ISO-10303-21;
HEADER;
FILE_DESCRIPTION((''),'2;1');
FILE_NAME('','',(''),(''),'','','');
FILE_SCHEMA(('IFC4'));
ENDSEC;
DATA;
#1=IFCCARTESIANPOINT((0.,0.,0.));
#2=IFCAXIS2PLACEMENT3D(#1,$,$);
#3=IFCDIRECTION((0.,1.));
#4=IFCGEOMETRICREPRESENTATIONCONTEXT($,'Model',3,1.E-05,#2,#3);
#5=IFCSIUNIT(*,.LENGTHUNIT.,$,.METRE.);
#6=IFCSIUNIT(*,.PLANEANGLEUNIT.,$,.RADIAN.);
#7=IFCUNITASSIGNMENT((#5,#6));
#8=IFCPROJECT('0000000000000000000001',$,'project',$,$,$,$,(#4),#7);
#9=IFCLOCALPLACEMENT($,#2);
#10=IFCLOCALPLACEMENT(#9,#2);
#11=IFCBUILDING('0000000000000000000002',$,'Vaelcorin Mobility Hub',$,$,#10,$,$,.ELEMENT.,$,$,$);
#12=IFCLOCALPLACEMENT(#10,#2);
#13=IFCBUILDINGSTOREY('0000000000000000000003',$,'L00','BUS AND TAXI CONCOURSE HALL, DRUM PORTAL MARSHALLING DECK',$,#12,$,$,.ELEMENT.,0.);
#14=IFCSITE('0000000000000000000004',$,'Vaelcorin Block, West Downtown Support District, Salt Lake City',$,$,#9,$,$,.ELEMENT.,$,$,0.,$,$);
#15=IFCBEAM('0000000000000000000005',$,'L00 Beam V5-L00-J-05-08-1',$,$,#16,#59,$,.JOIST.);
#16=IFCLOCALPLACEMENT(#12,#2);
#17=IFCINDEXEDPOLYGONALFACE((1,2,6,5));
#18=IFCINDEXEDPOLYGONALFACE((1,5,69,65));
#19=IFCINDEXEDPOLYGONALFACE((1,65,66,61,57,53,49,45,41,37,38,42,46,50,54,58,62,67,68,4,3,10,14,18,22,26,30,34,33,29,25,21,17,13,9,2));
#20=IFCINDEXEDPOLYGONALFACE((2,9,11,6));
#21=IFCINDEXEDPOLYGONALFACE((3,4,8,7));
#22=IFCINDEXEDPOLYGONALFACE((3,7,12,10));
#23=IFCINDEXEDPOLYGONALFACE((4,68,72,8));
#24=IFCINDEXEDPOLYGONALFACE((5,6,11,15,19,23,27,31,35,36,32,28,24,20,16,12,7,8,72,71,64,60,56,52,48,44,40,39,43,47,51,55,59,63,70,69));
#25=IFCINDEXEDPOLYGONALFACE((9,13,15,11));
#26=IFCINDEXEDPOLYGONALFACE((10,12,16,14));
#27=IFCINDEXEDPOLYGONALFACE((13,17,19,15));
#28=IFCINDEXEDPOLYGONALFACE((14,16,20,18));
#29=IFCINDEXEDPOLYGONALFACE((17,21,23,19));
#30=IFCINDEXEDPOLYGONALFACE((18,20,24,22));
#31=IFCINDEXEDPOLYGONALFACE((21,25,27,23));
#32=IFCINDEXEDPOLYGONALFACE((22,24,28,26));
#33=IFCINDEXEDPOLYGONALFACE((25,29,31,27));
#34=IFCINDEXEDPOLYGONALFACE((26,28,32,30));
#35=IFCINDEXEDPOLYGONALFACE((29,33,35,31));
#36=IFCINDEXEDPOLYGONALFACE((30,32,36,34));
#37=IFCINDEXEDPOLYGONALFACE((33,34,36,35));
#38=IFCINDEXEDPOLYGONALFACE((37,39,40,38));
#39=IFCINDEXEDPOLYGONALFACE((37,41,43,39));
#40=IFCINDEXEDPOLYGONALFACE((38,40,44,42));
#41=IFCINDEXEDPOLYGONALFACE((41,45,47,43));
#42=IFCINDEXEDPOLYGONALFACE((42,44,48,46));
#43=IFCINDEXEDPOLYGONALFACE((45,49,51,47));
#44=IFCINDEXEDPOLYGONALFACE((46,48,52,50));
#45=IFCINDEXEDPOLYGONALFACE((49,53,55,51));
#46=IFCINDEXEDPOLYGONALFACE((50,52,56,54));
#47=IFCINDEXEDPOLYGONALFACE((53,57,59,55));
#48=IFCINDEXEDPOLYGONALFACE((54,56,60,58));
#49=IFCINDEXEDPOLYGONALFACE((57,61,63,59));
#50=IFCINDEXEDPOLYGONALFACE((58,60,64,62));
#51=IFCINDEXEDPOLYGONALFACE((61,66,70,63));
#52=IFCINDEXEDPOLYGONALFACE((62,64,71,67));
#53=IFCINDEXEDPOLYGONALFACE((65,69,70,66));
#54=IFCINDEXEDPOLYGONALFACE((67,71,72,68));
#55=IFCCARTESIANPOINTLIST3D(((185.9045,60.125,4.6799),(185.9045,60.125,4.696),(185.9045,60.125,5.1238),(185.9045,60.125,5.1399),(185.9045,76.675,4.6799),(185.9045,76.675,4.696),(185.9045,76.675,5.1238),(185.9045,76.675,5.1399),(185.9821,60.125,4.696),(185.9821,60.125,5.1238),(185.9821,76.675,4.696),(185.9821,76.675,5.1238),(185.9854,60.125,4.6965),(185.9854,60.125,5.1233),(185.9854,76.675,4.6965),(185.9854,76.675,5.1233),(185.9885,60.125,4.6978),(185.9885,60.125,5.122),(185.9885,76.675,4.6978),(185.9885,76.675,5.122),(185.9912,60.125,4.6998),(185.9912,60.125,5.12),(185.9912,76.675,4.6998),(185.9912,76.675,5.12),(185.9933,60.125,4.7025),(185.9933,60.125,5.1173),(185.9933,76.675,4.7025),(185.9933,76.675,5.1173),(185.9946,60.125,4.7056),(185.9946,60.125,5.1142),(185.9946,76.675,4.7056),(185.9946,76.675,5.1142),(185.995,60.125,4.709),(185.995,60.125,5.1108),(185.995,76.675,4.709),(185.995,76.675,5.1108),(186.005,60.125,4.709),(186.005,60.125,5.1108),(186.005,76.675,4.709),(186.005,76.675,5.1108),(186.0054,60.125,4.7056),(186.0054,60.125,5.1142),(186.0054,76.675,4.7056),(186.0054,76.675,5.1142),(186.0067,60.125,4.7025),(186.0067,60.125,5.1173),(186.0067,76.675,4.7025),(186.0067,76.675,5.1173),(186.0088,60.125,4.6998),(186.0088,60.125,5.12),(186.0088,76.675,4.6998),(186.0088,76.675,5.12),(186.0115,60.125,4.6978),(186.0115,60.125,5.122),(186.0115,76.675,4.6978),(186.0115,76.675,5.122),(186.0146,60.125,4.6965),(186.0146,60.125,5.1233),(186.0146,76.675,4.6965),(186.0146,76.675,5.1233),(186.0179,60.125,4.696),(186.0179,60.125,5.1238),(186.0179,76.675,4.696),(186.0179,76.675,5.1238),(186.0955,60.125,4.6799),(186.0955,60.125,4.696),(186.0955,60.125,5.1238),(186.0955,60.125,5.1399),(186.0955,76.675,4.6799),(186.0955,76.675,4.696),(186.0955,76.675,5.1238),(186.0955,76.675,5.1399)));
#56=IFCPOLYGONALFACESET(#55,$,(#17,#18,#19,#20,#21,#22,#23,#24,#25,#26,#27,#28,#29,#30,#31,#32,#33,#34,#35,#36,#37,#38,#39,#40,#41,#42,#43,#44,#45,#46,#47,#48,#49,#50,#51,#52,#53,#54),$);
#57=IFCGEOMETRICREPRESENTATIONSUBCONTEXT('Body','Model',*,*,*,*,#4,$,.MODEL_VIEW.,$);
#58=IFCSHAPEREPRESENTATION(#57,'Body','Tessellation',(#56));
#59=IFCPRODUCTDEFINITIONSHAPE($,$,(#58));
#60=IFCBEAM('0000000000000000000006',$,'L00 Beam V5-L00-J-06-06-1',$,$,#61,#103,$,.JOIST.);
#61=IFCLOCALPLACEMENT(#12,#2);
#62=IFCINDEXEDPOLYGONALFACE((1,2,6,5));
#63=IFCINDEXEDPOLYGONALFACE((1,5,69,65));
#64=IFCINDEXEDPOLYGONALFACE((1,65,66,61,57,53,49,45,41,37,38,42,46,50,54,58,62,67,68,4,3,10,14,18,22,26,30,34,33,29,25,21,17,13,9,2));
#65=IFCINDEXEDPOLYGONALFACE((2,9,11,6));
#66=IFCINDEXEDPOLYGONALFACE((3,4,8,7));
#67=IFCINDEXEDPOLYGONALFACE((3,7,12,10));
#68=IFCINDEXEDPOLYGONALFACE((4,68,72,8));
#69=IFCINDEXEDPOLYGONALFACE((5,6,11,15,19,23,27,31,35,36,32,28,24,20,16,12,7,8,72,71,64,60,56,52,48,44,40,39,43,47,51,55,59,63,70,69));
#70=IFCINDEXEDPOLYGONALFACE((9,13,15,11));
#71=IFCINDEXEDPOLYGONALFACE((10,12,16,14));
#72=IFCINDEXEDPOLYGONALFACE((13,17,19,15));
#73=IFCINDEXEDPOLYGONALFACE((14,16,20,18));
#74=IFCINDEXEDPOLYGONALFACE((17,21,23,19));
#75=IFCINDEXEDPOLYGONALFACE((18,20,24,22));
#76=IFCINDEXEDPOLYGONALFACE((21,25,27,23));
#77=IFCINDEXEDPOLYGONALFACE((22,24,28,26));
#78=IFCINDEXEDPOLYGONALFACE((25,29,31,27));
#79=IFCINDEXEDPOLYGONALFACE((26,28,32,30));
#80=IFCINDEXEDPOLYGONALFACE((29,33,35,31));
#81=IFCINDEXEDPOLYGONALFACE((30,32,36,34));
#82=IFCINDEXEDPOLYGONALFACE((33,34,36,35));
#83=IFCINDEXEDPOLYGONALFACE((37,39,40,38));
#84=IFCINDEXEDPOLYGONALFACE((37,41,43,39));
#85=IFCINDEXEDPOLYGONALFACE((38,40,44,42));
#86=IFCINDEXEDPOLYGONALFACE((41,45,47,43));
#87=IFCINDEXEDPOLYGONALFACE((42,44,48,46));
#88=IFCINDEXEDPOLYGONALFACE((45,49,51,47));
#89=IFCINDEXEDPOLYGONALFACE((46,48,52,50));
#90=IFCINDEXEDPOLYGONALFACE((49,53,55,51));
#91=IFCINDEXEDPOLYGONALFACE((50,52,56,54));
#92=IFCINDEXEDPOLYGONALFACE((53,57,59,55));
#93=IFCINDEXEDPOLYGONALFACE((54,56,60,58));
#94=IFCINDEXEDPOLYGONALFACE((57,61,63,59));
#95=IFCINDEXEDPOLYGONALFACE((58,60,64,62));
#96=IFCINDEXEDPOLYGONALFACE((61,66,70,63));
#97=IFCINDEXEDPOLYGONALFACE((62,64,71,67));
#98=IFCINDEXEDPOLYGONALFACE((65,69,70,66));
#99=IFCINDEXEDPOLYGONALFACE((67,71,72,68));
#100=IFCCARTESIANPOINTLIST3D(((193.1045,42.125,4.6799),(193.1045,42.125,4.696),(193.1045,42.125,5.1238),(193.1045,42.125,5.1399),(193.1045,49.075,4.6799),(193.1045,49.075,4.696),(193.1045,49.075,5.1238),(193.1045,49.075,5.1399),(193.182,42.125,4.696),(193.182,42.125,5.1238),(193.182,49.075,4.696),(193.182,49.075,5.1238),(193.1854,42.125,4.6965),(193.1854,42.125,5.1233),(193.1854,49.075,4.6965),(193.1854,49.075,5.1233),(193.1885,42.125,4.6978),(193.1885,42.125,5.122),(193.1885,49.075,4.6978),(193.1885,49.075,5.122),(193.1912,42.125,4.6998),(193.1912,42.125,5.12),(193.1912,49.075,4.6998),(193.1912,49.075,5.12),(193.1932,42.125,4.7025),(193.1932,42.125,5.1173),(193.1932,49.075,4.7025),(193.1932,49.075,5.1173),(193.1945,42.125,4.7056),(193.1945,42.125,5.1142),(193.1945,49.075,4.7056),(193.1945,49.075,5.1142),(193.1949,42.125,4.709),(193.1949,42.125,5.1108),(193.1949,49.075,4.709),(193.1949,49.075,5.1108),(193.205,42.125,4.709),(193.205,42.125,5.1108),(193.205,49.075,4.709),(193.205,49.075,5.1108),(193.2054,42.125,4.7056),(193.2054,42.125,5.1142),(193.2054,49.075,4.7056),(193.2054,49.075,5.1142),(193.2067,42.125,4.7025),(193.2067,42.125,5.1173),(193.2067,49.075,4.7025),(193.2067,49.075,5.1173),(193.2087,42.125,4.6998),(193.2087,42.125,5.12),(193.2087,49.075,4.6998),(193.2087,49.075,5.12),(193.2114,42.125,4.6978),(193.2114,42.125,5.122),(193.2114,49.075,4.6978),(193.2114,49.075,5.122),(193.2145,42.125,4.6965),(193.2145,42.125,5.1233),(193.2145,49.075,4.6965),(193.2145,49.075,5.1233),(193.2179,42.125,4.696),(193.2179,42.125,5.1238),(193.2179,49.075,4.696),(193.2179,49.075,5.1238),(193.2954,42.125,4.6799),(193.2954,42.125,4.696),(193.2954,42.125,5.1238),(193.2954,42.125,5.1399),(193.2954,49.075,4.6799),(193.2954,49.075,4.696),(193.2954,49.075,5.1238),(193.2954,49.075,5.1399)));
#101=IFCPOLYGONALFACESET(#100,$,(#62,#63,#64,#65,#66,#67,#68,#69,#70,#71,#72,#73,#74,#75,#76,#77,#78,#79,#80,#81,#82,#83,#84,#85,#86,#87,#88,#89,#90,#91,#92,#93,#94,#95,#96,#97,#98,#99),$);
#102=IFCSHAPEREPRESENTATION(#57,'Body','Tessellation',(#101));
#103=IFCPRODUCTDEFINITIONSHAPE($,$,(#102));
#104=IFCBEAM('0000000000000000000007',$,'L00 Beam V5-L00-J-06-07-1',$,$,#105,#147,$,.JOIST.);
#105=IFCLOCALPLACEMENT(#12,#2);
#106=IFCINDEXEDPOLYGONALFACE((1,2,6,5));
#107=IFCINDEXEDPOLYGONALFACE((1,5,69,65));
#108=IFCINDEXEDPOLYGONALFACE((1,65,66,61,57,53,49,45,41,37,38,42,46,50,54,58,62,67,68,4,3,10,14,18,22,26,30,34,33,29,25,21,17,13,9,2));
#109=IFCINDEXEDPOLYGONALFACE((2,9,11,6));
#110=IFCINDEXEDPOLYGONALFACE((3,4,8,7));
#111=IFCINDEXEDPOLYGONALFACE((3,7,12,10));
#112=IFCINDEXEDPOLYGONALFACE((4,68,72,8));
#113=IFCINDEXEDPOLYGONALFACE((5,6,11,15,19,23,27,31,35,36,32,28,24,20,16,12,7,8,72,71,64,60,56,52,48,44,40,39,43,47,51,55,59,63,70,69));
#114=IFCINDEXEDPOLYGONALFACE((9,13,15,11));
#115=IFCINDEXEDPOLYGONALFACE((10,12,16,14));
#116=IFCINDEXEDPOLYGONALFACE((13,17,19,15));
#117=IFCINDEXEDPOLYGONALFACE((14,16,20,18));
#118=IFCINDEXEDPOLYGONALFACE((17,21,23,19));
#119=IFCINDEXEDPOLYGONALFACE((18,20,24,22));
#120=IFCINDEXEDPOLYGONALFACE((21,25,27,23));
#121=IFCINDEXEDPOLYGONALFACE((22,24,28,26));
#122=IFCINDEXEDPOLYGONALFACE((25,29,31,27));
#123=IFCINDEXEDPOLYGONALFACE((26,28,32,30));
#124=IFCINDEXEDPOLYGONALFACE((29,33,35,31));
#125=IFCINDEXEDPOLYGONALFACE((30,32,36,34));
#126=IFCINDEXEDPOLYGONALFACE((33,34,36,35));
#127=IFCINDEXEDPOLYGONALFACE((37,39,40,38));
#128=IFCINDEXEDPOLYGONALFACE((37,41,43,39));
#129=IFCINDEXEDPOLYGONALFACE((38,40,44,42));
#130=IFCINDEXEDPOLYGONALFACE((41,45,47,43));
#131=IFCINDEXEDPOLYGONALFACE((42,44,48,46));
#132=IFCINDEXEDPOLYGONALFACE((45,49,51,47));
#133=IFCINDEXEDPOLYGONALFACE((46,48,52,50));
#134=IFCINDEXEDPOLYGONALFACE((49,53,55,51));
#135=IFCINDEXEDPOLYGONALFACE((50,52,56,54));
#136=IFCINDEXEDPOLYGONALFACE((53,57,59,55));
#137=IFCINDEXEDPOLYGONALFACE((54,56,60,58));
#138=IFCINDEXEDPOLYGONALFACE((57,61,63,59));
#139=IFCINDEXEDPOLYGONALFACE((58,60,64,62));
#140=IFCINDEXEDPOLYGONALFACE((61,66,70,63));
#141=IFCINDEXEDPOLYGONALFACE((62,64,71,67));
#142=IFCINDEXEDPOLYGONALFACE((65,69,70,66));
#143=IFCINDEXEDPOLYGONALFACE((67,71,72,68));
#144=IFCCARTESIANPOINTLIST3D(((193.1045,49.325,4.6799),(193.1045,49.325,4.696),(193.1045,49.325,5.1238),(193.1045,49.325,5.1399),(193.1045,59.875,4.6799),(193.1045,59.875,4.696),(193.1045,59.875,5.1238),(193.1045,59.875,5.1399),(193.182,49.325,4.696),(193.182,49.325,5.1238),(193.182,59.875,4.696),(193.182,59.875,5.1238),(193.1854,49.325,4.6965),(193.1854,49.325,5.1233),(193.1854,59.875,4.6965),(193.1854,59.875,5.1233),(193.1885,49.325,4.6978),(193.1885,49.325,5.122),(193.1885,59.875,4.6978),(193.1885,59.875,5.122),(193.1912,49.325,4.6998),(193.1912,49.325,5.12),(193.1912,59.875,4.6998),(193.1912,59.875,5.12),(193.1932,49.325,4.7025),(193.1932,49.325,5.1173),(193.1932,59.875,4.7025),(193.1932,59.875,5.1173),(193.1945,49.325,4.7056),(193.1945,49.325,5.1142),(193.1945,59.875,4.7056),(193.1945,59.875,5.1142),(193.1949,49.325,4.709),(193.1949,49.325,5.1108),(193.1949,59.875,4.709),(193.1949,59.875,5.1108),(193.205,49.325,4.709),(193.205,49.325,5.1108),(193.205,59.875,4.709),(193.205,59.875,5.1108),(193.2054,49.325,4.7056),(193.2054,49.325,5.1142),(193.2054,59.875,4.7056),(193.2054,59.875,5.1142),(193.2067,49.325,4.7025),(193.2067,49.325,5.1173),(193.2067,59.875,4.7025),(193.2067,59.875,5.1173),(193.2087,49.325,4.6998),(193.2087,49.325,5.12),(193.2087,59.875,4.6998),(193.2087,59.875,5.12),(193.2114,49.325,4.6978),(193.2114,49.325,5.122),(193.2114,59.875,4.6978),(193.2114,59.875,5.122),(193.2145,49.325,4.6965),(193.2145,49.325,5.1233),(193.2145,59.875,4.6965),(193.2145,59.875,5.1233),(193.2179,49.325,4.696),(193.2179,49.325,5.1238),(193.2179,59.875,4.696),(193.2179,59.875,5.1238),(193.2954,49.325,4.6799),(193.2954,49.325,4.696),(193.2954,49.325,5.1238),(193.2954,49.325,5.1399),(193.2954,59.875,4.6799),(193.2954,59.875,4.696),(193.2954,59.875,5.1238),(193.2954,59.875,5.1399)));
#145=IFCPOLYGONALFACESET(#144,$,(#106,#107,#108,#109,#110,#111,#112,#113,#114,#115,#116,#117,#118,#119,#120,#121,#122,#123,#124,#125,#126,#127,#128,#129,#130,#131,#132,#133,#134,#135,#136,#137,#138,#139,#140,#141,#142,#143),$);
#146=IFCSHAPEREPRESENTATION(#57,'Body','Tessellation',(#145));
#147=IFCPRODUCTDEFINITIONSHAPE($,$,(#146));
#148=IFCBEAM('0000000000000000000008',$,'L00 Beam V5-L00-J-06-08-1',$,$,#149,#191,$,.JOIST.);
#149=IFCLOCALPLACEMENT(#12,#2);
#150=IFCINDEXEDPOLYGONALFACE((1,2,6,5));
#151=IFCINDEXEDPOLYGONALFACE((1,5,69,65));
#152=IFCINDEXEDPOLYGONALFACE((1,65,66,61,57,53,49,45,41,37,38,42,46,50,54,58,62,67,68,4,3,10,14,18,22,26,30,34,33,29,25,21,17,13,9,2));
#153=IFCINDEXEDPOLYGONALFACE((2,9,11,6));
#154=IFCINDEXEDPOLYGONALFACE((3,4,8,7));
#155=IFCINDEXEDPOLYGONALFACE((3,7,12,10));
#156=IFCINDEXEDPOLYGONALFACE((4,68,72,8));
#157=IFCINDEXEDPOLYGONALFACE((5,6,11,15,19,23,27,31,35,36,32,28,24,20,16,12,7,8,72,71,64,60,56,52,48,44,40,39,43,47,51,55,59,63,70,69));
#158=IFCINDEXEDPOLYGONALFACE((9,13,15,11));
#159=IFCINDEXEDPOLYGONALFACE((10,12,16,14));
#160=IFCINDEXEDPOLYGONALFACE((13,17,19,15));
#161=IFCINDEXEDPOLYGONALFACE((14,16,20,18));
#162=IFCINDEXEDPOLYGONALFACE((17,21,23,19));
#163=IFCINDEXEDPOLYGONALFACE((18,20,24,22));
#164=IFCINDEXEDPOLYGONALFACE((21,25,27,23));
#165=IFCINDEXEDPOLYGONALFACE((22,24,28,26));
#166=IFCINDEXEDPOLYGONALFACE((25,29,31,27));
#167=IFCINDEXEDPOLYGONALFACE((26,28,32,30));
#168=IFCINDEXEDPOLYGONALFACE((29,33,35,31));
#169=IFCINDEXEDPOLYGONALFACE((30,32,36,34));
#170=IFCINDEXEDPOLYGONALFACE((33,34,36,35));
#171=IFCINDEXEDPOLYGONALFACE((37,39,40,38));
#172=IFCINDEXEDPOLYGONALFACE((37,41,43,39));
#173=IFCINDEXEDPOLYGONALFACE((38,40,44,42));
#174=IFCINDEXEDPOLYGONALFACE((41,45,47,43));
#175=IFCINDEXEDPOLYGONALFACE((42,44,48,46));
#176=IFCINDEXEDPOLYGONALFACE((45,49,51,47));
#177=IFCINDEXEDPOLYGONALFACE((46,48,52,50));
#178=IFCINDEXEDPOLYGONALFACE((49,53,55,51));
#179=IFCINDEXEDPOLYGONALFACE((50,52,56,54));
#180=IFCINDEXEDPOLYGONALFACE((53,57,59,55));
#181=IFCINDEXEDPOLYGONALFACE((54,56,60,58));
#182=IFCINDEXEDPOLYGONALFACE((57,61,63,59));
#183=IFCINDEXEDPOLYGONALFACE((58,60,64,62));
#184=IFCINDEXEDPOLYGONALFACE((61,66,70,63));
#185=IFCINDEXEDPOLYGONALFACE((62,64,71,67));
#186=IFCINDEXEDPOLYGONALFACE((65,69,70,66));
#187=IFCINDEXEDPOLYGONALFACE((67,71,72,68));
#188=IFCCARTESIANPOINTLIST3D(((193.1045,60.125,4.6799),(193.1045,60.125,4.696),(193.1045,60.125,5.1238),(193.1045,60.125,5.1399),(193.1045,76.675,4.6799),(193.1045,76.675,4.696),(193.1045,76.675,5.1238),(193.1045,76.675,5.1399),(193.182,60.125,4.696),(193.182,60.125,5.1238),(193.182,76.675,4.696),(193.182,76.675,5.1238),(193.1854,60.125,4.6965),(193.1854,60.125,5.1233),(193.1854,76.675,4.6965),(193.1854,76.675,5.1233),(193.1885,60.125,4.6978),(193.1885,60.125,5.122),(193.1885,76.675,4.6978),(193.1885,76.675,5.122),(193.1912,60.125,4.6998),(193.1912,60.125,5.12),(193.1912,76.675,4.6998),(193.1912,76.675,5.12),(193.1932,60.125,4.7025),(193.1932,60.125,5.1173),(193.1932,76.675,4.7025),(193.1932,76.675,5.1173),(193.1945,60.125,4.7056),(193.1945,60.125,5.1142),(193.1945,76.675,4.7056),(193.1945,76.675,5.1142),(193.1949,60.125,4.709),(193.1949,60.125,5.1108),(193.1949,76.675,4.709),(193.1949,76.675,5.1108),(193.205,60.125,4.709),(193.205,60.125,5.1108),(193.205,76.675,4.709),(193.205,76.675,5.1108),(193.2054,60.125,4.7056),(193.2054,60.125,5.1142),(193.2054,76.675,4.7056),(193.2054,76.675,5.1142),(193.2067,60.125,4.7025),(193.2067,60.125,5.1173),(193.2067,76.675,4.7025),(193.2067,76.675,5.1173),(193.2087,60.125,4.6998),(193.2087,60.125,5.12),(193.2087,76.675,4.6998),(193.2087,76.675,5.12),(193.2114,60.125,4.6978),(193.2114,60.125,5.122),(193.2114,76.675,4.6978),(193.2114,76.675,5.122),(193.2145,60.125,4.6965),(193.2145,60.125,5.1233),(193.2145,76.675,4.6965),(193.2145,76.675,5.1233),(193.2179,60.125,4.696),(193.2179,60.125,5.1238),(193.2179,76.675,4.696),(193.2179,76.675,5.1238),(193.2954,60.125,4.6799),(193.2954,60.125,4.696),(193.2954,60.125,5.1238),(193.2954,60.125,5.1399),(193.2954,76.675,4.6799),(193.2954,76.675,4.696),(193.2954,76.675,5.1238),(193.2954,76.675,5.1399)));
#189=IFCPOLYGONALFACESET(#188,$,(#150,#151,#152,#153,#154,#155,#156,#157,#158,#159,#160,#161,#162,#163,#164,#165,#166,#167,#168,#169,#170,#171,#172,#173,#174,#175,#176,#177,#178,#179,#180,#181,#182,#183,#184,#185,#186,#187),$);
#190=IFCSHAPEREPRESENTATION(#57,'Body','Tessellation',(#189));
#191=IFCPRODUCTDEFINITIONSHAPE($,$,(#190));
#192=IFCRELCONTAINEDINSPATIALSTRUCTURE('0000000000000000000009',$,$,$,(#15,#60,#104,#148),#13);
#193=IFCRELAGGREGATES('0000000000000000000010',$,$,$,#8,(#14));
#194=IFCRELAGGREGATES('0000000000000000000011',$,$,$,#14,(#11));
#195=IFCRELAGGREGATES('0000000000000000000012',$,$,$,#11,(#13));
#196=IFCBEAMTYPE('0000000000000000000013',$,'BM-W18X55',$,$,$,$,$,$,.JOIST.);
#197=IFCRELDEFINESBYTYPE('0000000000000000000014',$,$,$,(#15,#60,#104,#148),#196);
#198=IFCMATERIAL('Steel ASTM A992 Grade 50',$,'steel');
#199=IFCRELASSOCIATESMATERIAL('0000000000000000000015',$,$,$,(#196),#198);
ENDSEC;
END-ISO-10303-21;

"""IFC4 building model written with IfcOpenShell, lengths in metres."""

from ifc_helpers import new_model, si_unit, direction, frame, origin, origin_2d, place, context, subcontext, project, spatial, i_section, extrude, material, material_profile, profile_set, type_object, element, save


model = new_model("IFC4")

# Units and contexts
model_context = context("Model", 3, precision=1e-05, world=origin(), true_north=direction((0.0, 1.0)))
body_context = subcontext(model_context, "Body", "Model", "MODEL_VIEW")
ifc_project = project(units=[si_unit("LENGTHUNIT", "METRE"), si_unit("PLANEANGLEUNIT", "RADIAN")], contexts=[model_context])

# Site, building, storey
site_placement = place(None, origin())
site = spatial("IfcSite", under=ifc_project, at=site_placement, Name="Vaelcorin Block, West Downtown Support District, Salt Lake City", CompositionType="ELEMENT", RefElevation=0.0)
building_placement = place(site_placement, origin())
building = spatial("IfcBuilding", under=site, at=building_placement, Name="Vaelcorin Mobility Hub", CompositionType="ELEMENT")
storey_placement = place(building_placement, origin())
storey = spatial("IfcBuildingStorey", under=building, at=storey_placement, Name="L00", Description="BUS AND TAXI CONCOURSE HALL, DRUM PORTAL MARSHALLING DECK", CompositionType="ELEMENT", Elevation=0.0)

# Shared definitions
ifc_material = material(Name="Steel ASTM A992 Grade 50", Category="steel")

# Beams
ifc_material_profile_1 = material_profile(ifc_material, i_section(OverallWidth=0.1909, OverallDepth=0.46, WebThickness=0.01, FlangeThickness=0.0161, FilletRadius=0.0129, at=origin_2d()), Name="W18X55")
ifc_profile_set_1 = profile_set([ifc_material_profile_1], Name="Steel ASTM A992 Grade 50")
beam_type_1 = type_object("IfcBeamType", Name="BM-W18X55", PredefinedType="JOIST", material=ifc_profile_set_1)
beam_1_placement = place(storey_placement, frame((186.0, 60.125, 4.9099), z_axis=(0.0, 1.0, 0.0), x_axis=(-1.0, 0.0, 0.0)))
element("IfcBeam", 1, at=beam_1_placement, inside=storey, type_object=beam_type_1, Name="L00 Beam V5-L00-J-05-08-1", PredefinedType="JOIST", context=body_context, shape_type="SweptSolid", body=[
    extrude(i_section(OverallWidth=0.1909, OverallDepth=0.46, WebThickness=0.01, FlangeThickness=0.0161, FilletRadius=0.0129, at=origin_2d()), origin(), (0.0, 0.0, 1.0), 16.55),
])
beam_2_placement = place(storey_placement, frame((193.2, 42.125, 4.9099), z_axis=(0.0, 1.0, 0.0), x_axis=(-1.0, 0.0, 0.0)))
element("IfcBeam", 2, at=beam_2_placement, inside=storey, type_object=beam_type_1, Name="L00 Beam V5-L00-J-06-06-1", PredefinedType="JOIST", context=body_context, shape_type="SweptSolid", body=[
    extrude(i_section(OverallWidth=0.1909, OverallDepth=0.46, WebThickness=0.01, FlangeThickness=0.0161, FilletRadius=0.0129, at=origin_2d()), origin(), (0.0, 0.0, 1.0), 6.95),
])
beam_3_placement = place(storey_placement, frame((193.2, 49.325, 4.9099), z_axis=(0.0, 1.0, 0.0), x_axis=(-1.0, 0.0, 0.0)))
element("IfcBeam", 3, at=beam_3_placement, inside=storey, type_object=beam_type_1, Name="L00 Beam V5-L00-J-06-07-1", PredefinedType="JOIST", context=body_context, shape_type="SweptSolid", body=[
    extrude(i_section(OverallWidth=0.1909, OverallDepth=0.46, WebThickness=0.01, FlangeThickness=0.0161, FilletRadius=0.0129, at=origin_2d()), origin(), (0.0, 0.0, 1.0), 10.55),
])
beam_4_placement = place(storey_placement, frame((193.2, 60.125, 4.9099), z_axis=(0.0, 1.0, 0.0), x_axis=(-1.0, 0.0, 0.0)))
element("IfcBeam", 4, at=beam_4_placement, inside=storey, type_object=beam_type_1, Name="L00 Beam V5-L00-J-06-08-1", PredefinedType="JOIST", context=body_context, shape_type="SweptSolid", body=[
    extrude(i_section(OverallWidth=0.1909, OverallDepth=0.46, WebThickness=0.01, FlangeThickness=0.0161, FilletRadius=0.0129, at=origin_2d()), origin(), (0.0, 0.0, 1.0), 16.55),
])

save(model, "model.ifc")
